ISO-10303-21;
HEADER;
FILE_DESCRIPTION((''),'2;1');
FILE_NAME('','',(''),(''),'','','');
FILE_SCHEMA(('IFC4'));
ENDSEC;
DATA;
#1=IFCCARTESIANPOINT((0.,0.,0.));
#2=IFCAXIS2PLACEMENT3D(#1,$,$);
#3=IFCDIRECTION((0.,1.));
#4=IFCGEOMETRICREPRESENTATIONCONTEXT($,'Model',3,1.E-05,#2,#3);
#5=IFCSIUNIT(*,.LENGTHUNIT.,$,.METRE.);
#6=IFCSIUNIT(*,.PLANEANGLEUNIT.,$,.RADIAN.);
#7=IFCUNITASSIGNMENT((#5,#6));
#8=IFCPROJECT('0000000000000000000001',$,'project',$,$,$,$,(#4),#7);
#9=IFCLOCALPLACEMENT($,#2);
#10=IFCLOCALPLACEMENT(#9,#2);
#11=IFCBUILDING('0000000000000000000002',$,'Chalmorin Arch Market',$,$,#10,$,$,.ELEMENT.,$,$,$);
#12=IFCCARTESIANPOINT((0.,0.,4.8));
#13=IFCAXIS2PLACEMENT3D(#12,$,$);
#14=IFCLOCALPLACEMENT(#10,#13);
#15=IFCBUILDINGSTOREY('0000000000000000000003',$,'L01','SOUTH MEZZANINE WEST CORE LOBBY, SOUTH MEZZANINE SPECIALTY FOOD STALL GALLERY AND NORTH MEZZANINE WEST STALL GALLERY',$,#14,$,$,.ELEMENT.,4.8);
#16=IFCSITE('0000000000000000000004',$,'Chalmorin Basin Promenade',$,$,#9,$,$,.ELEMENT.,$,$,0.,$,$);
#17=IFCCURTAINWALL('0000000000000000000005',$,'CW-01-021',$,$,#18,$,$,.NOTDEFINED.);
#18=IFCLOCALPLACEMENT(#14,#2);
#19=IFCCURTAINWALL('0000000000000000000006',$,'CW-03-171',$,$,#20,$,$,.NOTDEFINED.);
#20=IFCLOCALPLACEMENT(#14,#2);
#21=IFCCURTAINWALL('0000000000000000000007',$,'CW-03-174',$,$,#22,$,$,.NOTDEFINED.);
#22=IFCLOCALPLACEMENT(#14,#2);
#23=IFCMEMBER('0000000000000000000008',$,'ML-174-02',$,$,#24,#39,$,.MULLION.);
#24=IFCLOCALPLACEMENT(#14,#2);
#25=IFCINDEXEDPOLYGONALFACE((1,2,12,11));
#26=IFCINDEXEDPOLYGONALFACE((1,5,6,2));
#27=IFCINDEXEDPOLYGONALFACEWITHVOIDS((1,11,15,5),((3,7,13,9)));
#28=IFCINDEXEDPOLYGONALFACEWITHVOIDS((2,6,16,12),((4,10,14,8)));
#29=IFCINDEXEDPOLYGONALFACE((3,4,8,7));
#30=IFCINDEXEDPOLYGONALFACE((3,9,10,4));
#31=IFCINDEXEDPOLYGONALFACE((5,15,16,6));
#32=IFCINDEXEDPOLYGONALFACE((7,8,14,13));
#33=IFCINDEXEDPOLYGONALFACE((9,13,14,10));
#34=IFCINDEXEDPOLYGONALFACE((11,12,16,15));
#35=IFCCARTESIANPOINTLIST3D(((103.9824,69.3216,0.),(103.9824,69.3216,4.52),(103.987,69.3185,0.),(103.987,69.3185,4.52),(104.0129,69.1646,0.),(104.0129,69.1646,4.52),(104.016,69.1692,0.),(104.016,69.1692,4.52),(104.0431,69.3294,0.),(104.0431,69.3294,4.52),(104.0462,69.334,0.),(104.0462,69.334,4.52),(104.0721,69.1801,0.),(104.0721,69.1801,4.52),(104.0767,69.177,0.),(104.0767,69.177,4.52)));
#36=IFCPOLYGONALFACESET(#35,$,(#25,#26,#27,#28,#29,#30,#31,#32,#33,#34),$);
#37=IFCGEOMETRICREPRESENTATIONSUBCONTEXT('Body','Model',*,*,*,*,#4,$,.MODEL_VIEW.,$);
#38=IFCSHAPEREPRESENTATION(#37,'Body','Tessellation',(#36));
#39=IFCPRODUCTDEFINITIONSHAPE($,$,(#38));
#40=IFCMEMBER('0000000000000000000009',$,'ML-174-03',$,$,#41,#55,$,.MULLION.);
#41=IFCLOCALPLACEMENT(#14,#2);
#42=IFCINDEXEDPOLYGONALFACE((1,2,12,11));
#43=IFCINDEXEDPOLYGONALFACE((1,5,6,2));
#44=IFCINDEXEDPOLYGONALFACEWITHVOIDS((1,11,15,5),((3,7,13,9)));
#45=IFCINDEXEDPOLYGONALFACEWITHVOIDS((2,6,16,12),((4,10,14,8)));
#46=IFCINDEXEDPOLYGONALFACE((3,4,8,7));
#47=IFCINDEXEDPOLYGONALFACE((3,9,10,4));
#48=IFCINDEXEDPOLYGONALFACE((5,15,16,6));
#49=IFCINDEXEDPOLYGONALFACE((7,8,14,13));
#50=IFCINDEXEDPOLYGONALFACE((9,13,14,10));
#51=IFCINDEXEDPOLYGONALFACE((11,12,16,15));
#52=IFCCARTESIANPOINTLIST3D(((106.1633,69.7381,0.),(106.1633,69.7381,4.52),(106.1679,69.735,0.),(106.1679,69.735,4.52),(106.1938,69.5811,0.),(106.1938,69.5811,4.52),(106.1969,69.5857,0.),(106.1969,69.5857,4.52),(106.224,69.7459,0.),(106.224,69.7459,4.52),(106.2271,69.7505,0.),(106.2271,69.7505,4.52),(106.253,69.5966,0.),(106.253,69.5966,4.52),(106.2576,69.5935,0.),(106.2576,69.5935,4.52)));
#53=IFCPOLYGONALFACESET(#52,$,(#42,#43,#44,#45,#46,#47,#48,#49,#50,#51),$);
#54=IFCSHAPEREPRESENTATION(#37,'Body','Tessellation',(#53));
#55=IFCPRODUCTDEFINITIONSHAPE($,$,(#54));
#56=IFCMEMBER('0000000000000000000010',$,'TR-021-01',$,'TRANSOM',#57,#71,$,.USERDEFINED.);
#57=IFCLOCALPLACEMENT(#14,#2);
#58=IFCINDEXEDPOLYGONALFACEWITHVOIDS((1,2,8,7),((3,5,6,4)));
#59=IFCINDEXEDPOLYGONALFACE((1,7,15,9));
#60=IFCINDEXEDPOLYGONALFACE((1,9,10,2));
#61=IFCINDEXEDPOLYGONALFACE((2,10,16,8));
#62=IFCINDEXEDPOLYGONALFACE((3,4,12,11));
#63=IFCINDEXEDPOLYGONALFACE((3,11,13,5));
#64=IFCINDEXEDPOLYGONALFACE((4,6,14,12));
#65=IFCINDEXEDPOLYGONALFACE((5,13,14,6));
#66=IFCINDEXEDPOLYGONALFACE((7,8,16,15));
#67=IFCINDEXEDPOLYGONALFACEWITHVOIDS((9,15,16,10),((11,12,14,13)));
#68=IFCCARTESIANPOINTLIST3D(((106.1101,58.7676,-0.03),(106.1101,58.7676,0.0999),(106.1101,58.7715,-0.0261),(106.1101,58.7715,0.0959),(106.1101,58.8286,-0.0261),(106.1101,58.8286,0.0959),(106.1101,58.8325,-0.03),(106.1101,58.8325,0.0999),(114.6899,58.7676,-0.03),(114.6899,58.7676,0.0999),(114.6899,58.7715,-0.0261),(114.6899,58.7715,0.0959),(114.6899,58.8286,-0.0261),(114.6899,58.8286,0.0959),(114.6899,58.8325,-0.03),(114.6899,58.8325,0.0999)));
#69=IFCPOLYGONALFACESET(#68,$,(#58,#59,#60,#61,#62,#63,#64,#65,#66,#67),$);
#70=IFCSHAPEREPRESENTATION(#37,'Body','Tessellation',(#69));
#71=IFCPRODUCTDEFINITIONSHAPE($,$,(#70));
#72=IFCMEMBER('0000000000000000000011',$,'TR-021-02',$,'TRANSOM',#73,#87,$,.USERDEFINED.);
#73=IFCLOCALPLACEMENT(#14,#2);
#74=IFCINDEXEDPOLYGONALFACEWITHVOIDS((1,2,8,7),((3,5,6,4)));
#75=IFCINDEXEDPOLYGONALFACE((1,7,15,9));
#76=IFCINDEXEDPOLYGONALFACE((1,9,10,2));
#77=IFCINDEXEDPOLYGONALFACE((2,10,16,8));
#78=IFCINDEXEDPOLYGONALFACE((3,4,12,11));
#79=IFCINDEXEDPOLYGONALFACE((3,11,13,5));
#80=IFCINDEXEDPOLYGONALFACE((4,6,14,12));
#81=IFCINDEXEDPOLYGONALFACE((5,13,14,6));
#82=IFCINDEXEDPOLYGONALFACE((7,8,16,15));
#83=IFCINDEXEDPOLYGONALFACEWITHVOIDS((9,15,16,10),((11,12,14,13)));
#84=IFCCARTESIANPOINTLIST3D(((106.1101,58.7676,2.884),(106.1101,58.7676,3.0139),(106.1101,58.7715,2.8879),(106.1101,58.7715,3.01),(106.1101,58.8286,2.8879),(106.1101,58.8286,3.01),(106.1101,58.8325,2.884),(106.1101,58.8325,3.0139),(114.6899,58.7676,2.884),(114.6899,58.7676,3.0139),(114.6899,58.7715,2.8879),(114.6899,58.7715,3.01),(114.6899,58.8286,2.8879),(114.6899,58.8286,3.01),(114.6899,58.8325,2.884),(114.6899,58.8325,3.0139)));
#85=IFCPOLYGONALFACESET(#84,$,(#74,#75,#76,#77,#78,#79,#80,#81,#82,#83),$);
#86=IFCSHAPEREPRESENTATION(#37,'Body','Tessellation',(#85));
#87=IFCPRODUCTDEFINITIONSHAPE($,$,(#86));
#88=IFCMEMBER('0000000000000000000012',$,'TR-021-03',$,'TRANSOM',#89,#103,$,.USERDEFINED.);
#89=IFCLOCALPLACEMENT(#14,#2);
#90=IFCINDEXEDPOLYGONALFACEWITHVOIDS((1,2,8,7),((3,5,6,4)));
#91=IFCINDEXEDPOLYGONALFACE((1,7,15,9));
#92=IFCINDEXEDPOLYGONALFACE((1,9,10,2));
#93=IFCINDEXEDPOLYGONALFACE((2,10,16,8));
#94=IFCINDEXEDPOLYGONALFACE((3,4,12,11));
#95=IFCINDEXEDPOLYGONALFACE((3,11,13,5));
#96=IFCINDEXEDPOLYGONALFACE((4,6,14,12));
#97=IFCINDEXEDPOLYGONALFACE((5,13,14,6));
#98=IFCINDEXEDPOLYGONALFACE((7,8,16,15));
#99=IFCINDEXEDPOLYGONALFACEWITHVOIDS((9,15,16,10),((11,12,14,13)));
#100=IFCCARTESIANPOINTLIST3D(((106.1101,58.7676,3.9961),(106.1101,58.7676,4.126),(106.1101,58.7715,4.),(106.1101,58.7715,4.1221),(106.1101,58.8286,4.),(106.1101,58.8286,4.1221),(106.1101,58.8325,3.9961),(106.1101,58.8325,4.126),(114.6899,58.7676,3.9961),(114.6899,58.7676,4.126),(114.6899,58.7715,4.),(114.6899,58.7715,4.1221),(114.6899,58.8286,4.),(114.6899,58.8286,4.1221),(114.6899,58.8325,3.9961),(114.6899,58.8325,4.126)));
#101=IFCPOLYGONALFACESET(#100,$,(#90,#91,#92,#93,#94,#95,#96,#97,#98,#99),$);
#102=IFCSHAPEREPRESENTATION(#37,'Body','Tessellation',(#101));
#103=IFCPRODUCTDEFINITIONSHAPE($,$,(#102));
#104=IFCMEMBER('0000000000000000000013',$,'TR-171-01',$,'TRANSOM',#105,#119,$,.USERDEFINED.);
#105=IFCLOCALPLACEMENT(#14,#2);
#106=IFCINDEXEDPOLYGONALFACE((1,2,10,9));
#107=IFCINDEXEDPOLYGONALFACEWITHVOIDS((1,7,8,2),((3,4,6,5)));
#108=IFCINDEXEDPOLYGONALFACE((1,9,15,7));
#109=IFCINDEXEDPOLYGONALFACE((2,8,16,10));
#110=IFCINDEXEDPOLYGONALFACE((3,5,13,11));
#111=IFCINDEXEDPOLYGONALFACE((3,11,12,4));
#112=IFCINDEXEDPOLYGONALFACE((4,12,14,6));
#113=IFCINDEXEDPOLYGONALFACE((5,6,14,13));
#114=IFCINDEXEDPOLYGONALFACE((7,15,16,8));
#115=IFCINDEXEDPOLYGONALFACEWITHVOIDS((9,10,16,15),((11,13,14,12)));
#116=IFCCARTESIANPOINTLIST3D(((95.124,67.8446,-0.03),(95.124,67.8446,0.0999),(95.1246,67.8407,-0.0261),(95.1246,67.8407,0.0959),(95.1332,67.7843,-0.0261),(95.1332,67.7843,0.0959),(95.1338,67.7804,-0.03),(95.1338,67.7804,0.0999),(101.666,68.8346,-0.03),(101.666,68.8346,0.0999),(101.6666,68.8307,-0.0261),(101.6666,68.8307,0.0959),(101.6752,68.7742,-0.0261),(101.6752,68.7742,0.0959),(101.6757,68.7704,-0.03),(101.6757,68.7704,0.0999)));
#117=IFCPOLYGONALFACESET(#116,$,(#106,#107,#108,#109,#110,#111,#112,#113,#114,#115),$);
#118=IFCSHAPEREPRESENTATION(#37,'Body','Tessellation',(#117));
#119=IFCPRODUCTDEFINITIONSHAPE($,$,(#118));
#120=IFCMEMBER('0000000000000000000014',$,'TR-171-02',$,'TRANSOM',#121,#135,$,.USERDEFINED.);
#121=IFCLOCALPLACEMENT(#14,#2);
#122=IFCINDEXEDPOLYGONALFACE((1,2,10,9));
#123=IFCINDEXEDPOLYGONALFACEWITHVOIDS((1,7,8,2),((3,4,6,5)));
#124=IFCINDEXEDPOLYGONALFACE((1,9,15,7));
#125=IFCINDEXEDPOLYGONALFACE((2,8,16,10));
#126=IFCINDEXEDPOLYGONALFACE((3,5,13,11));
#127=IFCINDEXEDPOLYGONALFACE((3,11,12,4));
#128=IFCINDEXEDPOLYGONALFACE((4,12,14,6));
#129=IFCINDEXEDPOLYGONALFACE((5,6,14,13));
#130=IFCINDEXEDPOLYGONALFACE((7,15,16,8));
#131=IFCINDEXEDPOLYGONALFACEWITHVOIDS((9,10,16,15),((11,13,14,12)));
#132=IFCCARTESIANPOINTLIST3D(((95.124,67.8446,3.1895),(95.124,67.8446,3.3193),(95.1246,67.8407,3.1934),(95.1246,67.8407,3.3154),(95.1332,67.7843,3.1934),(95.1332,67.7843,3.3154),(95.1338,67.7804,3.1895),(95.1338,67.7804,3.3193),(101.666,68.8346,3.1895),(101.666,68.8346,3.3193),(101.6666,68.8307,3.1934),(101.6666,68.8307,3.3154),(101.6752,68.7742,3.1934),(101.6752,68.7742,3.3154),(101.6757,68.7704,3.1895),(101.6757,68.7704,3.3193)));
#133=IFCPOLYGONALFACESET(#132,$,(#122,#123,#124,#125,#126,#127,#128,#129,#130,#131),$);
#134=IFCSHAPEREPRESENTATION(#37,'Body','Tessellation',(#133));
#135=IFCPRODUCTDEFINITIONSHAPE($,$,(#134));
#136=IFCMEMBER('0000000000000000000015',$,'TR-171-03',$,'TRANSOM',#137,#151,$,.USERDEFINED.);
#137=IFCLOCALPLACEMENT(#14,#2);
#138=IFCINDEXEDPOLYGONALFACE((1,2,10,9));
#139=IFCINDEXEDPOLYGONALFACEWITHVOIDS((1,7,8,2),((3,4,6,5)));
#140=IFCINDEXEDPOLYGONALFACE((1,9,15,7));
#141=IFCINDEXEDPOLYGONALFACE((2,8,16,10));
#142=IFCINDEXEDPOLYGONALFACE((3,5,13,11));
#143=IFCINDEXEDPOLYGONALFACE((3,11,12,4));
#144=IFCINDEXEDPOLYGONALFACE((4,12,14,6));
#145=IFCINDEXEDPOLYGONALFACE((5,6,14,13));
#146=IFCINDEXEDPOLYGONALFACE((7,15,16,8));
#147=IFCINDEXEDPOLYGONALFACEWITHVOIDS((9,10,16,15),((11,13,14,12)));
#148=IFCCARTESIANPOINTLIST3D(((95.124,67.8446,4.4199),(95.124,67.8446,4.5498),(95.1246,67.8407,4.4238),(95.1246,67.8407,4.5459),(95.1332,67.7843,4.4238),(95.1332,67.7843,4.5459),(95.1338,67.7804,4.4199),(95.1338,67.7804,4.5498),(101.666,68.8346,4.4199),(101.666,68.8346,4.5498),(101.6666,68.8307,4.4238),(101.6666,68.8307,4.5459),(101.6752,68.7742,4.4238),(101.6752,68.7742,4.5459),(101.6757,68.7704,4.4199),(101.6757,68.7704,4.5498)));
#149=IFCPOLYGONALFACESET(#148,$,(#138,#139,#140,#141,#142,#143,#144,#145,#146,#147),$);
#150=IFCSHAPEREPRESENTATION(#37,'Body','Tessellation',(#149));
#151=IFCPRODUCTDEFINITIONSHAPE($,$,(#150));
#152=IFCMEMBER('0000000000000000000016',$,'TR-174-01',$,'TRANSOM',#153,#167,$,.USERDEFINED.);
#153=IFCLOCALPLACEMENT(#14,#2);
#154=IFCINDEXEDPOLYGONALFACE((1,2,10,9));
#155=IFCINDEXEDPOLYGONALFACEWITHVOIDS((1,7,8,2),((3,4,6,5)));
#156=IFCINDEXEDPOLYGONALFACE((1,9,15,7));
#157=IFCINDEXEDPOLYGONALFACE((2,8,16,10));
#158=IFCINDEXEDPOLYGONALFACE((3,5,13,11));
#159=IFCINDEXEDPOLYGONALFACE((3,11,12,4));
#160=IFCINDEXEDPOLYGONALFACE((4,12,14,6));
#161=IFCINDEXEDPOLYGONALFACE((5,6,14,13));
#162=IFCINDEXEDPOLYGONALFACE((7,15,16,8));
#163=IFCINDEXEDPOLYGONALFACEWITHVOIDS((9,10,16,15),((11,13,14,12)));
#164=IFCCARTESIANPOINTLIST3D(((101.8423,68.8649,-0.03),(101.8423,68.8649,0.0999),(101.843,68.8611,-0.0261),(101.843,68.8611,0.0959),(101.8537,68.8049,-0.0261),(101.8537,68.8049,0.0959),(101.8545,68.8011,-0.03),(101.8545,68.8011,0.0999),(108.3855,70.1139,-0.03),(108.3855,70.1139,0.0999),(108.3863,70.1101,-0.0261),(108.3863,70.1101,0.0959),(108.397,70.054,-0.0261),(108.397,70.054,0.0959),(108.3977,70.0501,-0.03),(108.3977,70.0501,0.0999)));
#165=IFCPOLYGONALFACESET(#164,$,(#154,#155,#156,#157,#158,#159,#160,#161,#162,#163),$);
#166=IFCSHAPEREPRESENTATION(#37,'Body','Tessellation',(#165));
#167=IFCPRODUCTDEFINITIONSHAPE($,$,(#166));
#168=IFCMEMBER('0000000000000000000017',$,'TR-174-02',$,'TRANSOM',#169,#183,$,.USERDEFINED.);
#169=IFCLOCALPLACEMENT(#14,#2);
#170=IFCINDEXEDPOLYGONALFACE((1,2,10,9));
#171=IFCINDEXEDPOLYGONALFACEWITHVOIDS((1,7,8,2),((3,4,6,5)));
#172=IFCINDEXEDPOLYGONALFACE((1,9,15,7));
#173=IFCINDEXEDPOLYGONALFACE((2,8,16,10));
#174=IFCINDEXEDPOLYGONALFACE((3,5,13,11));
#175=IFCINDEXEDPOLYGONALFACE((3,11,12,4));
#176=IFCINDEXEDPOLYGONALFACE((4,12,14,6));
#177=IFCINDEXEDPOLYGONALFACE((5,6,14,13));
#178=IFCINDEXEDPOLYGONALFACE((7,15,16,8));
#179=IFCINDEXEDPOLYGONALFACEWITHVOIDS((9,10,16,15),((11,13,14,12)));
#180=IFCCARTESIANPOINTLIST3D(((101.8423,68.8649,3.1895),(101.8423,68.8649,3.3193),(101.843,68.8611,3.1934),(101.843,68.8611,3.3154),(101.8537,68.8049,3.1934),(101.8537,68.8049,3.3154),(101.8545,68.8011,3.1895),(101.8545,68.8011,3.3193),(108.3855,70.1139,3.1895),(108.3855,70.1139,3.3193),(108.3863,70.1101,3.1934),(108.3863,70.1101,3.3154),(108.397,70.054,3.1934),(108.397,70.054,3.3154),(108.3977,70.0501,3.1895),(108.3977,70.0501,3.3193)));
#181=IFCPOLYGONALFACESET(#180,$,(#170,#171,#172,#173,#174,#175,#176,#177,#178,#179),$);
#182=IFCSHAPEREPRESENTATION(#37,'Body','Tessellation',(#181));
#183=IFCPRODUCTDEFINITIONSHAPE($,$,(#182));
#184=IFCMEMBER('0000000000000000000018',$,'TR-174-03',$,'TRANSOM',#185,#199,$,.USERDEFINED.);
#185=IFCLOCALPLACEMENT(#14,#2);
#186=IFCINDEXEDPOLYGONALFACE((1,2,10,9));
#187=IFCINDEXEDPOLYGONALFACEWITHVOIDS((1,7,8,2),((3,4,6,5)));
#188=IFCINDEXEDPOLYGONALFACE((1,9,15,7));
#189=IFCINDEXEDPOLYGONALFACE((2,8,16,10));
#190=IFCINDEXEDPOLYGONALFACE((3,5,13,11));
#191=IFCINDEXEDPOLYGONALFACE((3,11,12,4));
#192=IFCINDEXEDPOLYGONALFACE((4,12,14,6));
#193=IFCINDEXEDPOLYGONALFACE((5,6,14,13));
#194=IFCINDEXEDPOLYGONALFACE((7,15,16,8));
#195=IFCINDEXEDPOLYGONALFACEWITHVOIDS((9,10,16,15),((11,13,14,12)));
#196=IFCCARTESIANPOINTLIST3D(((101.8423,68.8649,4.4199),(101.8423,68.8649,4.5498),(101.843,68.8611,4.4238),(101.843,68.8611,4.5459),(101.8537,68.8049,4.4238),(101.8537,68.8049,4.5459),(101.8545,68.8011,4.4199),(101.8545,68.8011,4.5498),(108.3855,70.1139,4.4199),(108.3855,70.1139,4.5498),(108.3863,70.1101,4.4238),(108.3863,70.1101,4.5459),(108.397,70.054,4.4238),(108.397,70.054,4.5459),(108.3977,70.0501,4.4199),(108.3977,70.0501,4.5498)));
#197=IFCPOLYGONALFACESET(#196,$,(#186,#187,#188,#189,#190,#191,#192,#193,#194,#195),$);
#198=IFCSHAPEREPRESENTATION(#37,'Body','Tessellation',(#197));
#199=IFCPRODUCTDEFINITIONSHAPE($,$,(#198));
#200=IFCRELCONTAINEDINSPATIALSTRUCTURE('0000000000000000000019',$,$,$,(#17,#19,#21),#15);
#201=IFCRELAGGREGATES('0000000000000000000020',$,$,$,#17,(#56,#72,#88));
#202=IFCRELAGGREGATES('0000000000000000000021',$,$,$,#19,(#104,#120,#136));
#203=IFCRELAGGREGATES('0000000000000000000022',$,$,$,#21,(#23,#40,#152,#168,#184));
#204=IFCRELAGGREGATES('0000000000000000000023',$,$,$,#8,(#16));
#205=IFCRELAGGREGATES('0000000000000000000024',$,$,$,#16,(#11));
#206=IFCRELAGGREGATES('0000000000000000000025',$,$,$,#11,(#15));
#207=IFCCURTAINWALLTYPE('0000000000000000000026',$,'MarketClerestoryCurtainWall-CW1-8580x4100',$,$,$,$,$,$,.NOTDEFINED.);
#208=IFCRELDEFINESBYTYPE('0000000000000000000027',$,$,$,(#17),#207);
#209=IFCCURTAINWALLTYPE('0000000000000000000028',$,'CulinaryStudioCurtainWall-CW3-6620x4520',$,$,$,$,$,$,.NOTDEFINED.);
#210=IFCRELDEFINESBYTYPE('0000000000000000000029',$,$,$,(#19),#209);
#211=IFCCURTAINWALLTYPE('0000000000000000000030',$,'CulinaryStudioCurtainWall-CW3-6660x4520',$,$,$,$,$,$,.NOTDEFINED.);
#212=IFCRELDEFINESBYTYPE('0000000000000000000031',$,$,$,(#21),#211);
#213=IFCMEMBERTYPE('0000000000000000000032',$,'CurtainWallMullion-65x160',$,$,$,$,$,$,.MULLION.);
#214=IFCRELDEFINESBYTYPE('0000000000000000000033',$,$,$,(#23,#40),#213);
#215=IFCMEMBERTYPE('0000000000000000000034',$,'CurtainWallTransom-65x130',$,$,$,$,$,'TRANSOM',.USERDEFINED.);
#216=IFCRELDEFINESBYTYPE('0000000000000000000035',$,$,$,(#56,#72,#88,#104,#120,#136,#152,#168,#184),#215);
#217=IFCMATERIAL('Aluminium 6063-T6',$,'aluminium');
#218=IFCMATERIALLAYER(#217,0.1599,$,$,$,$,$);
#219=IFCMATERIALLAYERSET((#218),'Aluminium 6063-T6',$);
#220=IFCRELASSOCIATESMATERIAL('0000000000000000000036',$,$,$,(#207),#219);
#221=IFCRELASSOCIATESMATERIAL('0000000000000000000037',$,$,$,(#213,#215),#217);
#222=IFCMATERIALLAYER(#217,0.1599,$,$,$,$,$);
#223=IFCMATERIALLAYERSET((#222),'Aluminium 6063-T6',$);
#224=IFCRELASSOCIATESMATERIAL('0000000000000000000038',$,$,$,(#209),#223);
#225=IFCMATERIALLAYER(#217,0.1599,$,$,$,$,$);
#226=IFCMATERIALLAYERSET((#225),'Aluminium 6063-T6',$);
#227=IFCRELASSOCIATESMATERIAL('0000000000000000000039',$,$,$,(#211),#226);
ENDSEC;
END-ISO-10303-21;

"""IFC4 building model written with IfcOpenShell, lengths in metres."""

from ifc_helpers import new_model, si_unit, direction, frame, origin, origin_2d, place, context, subcontext, project, spatial, hollow_rectangle, extrude, material, layer, layer_set, material_profile, profile_set, type_object, element, aggregate, save


model = new_model("IFC4")

# Units and contexts
model_context = context("Model", 3, precision=1e-05, world=origin(), true_north=direction((0.0, 1.0)))
body_context = subcontext(model_context, "Body", "Model", "MODEL_VIEW")
ifc_project = project(units=[si_unit("LENGTHUNIT", "METRE"), si_unit("PLANEANGLEUNIT", "RADIAN")], contexts=[model_context])

# Site, building, storey
site_placement = place(None, origin())
site = spatial("IfcSite", under=ifc_project, at=site_placement, Name="Chalmorin Basin Promenade", CompositionType="ELEMENT", RefElevation=0.0)
building_placement = place(site_placement, origin())
building = spatial("IfcBuilding", under=site, at=building_placement, Name="Chalmorin Arch Market", CompositionType="ELEMENT")
storey_placement = place(building_placement, frame((0.0, 0.0, 4.8)))
storey = spatial("IfcBuildingStorey", under=building, at=storey_placement, Name="L01", Description="SOUTH MEZZANINE WEST CORE LOBBY, SOUTH MEZZANINE SPECIALTY FOOD STALL GALLERY AND NORTH MEZZANINE WEST STALL GALLERY", CompositionType="ELEMENT", Elevation=4.8)

# Shared definitions
ifc_material_1 = material(Name="Aluminium 6063-T6", Category="aluminium")
ifc_layer_1 = layer(ifc_material_1, 0.1599)
ifc_layer_set_1 = layer_set([ifc_layer_1], Name="Aluminium 6063-T6")
curtain_wall_type_1 = type_object("IfcCurtainWallType", Name="MarketClerestoryCurtainWall-CW1-8580x4100", PredefinedType="NOTDEFINED", material=ifc_layer_set_1)
ifc_material_profile_1 = material_profile(ifc_material_1, hollow_rectangle(XDim=0.0649, YDim=0.1599, WallThickness=0.0039, at=origin_2d()), Name="ALU65X160X4")
ifc_profile_set_1 = profile_set([ifc_material_profile_1], Name="Aluminium 6063-T6")
member_type_1 = type_object("IfcMemberType", Name="CurtainWallMullion-65x160", PredefinedType="MULLION", material=ifc_profile_set_1)

# Curtain wall
curtain_wall_1_placement = place(storey_placement, origin())
curtain_wall_1 = element("IfcCurtainWall", 1, at=curtain_wall_1_placement, inside=storey, type_object=curtain_wall_type_1, Name="CW-01-021", PredefinedType="NOTDEFINED")

# Curtain walls, members
ifc_layer_2 = layer(ifc_material_1, 0.1599)
ifc_layer_set_2 = layer_set([ifc_layer_2], Name="Aluminium 6063-T6")
curtain_wall_type_2 = type_object("IfcCurtainWallType", Name="CulinaryStudioCurtainWall-CW3-6620x4520", PredefinedType="NOTDEFINED", material=ifc_layer_set_2)
curtain_wall_2_placement = place(storey_placement, origin())
curtain_wall_2 = element("IfcCurtainWall", 2, at=curtain_wall_2_placement, inside=storey, type_object=curtain_wall_type_2, Name="CW-03-171", PredefinedType="NOTDEFINED")
ifc_layer_3 = layer(ifc_material_1, 0.1599)
ifc_layer_set_3 = layer_set([ifc_layer_3], Name="Aluminium 6063-T6")
curtain_wall_type_3 = type_object("IfcCurtainWallType", Name="CulinaryStudioCurtainWall-CW3-6660x4520", PredefinedType="NOTDEFINED", material=ifc_layer_set_3)
curtain_wall_3_placement = place(storey_placement, origin())
curtain_wall_3 = element("IfcCurtainWall", 3, at=curtain_wall_3_placement, inside=storey, type_object=curtain_wall_type_3, Name="CW-03-174", PredefinedType="NOTDEFINED")
member_1_placement = place(storey_placement, frame((104.0295, 69.2493, 0.0), z_axis=(0.0, 0.0, 1.0), x_axis=(0.981627, 0.190809, 0.0)))
member_1 = element("IfcMember", 4, at=member_1_placement, type_object=member_type_1, Name="ML-174-02", PredefinedType="MULLION", context=body_context, shape_type="SweptSolid", body=[
    extrude(hollow_rectangle(XDim=0.0649, YDim=0.1599, WallThickness=0.0039, at=origin_2d()), origin(), (0.0, 0.0, 1.0), 4.52),
])
member_2_placement = place(storey_placement, frame((106.2104, 69.6658, 0.0), z_axis=(0.0, 0.0, 1.0), x_axis=(0.981627, 0.190809, 0.0)))
member_2 = element("IfcMember", 5, at=member_2_placement, type_object=member_type_1, Name="ML-174-03", PredefinedType="MULLION", context=body_context, shape_type="SweptSolid", body=[
    extrude(hollow_rectangle(XDim=0.0649, YDim=0.1599, WallThickness=0.0039, at=origin_2d()), origin(), (0.0, 0.0, 1.0), 4.52),
])

# Members
ifc_material_profile_2 = material_profile(ifc_material_1, hollow_rectangle(XDim=0.0649, YDim=0.1299, WallThickness=0.0039, at=origin_2d()), Name="ALU65X130X4")
ifc_profile_set_2 = profile_set([ifc_material_profile_2], Name="Aluminium 6063-T6")
member_type_2 = type_object("IfcMemberType", Name="CurtainWallTransom-65x130", ElementType="TRANSOM", PredefinedType="USERDEFINED", material=ifc_profile_set_2)
member_3_placement = place(storey_placement, frame((106.1101, 58.8, 0.0349), z_axis=(1.0, 0.0, 0.0), x_axis=(0.0, 1.0, 0.0)))
member_3 = element("IfcMember", 6, at=member_3_placement, type_object=member_type_2, Name="TR-021-01", ObjectType="TRANSOM", PredefinedType="USERDEFINED", context=body_context, shape_type="SweptSolid", body=[
    extrude(hollow_rectangle(XDim=0.0649, YDim=0.1299, WallThickness=0.0039, at=origin_2d()), origin(), (0.0, 0.0, 1.0), 8.5798),
])
member_4_placement = place(storey_placement, frame((106.1101, 58.8, 2.949), z_axis=(1.0, 0.0, 0.0), x_axis=(0.0, 1.0, 0.0)))
member_4 = element("IfcMember", 7, at=member_4_placement, type_object=member_type_2, Name="TR-021-02", ObjectType="TRANSOM", PredefinedType="USERDEFINED", context=body_context, shape_type="SweptSolid", body=[
    extrude(hollow_rectangle(XDim=0.0649, YDim=0.1299, WallThickness=0.0039, at=origin_2d()), origin(), (0.0, 0.0, 1.0), 8.5798),
])
member_5_placement = place(storey_placement, frame((106.1101, 58.8, 4.061), z_axis=(1.0, 0.0, 0.0), x_axis=(0.0, 1.0, 0.0)))
member_5 = element("IfcMember", 8, at=member_5_placement, type_object=member_type_2, Name="TR-021-03", ObjectType="TRANSOM", PredefinedType="USERDEFINED", context=body_context, shape_type="SweptSolid", body=[
    extrude(hollow_rectangle(XDim=0.0649, YDim=0.1299, WallThickness=0.0039, at=origin_2d()), origin(), (0.0, 0.0, 1.0), 8.5798),
])
member_6_placement = place(storey_placement, frame((95.1289, 67.8125, 0.0349), z_axis=(0.988743, 0.149625, 0.0), x_axis=(-0.149625, 0.988743, 0.0)))
member_6 = element("IfcMember", 9, at=member_6_placement, type_object=member_type_2, Name="TR-171-01", ObjectType="TRANSOM", PredefinedType="USERDEFINED", context=body_context, shape_type="SweptSolid", body=[
    extrude(hollow_rectangle(XDim=0.0649, YDim=0.1299, WallThickness=0.0039, at=origin_2d()), origin(), (0.0, 0.0, 1.0), 6.6165),
])
member_7_placement = place(storey_placement, frame((95.1289, 67.8125, 3.2544), z_axis=(0.988743, 0.149625, 0.0), x_axis=(-0.149625, 0.988743, 0.0)))
member_7 = element("IfcMember", 10, at=member_7_placement, type_object=member_type_2, Name="TR-171-02", ObjectType="TRANSOM", PredefinedType="USERDEFINED", context=body_context, shape_type="SweptSolid", body=[
    extrude(hollow_rectangle(XDim=0.0649, YDim=0.1299, WallThickness=0.0039, at=origin_2d()), origin(), (0.0, 0.0, 1.0), 6.6165),
])
member_8_placement = place(storey_placement, frame((95.1289, 67.8125, 4.4849), z_axis=(0.988743, 0.149625, 0.0), x_axis=(-0.149625, 0.988743, 0.0)))
member_8 = element("IfcMember", 11, at=member_8_placement, type_object=member_type_2, Name="TR-171-03", ObjectType="TRANSOM", PredefinedType="USERDEFINED", context=body_context, shape_type="SweptSolid", body=[
    extrude(hollow_rectangle(XDim=0.0649, YDim=0.1299, WallThickness=0.0039, at=origin_2d()), origin(), (0.0, 0.0, 1.0), 6.6165),
])
member_9_placement = place(storey_placement, frame((101.8484, 68.833, 0.0349), z_axis=(0.982264, 0.187503, 0.0), x_axis=(-0.187503, 0.982264, 0.0)))
member_9 = element("IfcMember", 12, at=member_9_placement, type_object=member_type_2, Name="TR-174-01", ObjectType="TRANSOM", PredefinedType="USERDEFINED", context=body_context, shape_type="SweptSolid", body=[
    extrude(hollow_rectangle(XDim=0.0649, YDim=0.1299, WallThickness=0.0039, at=origin_2d()), origin(), (0.0, 0.0, 1.0), 6.6614),
])
member_10_placement = place(storey_placement, frame((101.8484, 68.833, 3.2544), z_axis=(0.982264, 0.187503, 0.0), x_axis=(-0.187503, 0.982264, 0.0)))
member_10 = element("IfcMember", 13, at=member_10_placement, type_object=member_type_2, Name="TR-174-02", ObjectType="TRANSOM", PredefinedType="USERDEFINED", context=body_context, shape_type="SweptSolid", body=[
    extrude(hollow_rectangle(XDim=0.0649, YDim=0.1299, WallThickness=0.0039, at=origin_2d()), origin(), (0.0, 0.0, 1.0), 6.6614),
])
member_11_placement = place(storey_placement, frame((101.8484, 68.833, 4.4849), z_axis=(0.982264, 0.187503, 0.0), x_axis=(-0.187503, 0.982264, 0.0)))
member_11 = element("IfcMember", 14, at=member_11_placement, type_object=member_type_2, Name="TR-174-03", ObjectType="TRANSOM", PredefinedType="USERDEFINED", context=body_context, shape_type="SweptSolid", body=[
    extrude(hollow_rectangle(XDim=0.0649, YDim=0.1299, WallThickness=0.0039, at=origin_2d()), origin(), (0.0, 0.0, 1.0), 6.6614),
])

aggregate(curtain_wall_1, [member_3, member_4, member_5])
aggregate(curtain_wall_2, [member_6, member_7, member_8])
aggregate(curtain_wall_3, [member_1, member_2, member_9, member_10, member_11])

save(model, "model.ifc")
